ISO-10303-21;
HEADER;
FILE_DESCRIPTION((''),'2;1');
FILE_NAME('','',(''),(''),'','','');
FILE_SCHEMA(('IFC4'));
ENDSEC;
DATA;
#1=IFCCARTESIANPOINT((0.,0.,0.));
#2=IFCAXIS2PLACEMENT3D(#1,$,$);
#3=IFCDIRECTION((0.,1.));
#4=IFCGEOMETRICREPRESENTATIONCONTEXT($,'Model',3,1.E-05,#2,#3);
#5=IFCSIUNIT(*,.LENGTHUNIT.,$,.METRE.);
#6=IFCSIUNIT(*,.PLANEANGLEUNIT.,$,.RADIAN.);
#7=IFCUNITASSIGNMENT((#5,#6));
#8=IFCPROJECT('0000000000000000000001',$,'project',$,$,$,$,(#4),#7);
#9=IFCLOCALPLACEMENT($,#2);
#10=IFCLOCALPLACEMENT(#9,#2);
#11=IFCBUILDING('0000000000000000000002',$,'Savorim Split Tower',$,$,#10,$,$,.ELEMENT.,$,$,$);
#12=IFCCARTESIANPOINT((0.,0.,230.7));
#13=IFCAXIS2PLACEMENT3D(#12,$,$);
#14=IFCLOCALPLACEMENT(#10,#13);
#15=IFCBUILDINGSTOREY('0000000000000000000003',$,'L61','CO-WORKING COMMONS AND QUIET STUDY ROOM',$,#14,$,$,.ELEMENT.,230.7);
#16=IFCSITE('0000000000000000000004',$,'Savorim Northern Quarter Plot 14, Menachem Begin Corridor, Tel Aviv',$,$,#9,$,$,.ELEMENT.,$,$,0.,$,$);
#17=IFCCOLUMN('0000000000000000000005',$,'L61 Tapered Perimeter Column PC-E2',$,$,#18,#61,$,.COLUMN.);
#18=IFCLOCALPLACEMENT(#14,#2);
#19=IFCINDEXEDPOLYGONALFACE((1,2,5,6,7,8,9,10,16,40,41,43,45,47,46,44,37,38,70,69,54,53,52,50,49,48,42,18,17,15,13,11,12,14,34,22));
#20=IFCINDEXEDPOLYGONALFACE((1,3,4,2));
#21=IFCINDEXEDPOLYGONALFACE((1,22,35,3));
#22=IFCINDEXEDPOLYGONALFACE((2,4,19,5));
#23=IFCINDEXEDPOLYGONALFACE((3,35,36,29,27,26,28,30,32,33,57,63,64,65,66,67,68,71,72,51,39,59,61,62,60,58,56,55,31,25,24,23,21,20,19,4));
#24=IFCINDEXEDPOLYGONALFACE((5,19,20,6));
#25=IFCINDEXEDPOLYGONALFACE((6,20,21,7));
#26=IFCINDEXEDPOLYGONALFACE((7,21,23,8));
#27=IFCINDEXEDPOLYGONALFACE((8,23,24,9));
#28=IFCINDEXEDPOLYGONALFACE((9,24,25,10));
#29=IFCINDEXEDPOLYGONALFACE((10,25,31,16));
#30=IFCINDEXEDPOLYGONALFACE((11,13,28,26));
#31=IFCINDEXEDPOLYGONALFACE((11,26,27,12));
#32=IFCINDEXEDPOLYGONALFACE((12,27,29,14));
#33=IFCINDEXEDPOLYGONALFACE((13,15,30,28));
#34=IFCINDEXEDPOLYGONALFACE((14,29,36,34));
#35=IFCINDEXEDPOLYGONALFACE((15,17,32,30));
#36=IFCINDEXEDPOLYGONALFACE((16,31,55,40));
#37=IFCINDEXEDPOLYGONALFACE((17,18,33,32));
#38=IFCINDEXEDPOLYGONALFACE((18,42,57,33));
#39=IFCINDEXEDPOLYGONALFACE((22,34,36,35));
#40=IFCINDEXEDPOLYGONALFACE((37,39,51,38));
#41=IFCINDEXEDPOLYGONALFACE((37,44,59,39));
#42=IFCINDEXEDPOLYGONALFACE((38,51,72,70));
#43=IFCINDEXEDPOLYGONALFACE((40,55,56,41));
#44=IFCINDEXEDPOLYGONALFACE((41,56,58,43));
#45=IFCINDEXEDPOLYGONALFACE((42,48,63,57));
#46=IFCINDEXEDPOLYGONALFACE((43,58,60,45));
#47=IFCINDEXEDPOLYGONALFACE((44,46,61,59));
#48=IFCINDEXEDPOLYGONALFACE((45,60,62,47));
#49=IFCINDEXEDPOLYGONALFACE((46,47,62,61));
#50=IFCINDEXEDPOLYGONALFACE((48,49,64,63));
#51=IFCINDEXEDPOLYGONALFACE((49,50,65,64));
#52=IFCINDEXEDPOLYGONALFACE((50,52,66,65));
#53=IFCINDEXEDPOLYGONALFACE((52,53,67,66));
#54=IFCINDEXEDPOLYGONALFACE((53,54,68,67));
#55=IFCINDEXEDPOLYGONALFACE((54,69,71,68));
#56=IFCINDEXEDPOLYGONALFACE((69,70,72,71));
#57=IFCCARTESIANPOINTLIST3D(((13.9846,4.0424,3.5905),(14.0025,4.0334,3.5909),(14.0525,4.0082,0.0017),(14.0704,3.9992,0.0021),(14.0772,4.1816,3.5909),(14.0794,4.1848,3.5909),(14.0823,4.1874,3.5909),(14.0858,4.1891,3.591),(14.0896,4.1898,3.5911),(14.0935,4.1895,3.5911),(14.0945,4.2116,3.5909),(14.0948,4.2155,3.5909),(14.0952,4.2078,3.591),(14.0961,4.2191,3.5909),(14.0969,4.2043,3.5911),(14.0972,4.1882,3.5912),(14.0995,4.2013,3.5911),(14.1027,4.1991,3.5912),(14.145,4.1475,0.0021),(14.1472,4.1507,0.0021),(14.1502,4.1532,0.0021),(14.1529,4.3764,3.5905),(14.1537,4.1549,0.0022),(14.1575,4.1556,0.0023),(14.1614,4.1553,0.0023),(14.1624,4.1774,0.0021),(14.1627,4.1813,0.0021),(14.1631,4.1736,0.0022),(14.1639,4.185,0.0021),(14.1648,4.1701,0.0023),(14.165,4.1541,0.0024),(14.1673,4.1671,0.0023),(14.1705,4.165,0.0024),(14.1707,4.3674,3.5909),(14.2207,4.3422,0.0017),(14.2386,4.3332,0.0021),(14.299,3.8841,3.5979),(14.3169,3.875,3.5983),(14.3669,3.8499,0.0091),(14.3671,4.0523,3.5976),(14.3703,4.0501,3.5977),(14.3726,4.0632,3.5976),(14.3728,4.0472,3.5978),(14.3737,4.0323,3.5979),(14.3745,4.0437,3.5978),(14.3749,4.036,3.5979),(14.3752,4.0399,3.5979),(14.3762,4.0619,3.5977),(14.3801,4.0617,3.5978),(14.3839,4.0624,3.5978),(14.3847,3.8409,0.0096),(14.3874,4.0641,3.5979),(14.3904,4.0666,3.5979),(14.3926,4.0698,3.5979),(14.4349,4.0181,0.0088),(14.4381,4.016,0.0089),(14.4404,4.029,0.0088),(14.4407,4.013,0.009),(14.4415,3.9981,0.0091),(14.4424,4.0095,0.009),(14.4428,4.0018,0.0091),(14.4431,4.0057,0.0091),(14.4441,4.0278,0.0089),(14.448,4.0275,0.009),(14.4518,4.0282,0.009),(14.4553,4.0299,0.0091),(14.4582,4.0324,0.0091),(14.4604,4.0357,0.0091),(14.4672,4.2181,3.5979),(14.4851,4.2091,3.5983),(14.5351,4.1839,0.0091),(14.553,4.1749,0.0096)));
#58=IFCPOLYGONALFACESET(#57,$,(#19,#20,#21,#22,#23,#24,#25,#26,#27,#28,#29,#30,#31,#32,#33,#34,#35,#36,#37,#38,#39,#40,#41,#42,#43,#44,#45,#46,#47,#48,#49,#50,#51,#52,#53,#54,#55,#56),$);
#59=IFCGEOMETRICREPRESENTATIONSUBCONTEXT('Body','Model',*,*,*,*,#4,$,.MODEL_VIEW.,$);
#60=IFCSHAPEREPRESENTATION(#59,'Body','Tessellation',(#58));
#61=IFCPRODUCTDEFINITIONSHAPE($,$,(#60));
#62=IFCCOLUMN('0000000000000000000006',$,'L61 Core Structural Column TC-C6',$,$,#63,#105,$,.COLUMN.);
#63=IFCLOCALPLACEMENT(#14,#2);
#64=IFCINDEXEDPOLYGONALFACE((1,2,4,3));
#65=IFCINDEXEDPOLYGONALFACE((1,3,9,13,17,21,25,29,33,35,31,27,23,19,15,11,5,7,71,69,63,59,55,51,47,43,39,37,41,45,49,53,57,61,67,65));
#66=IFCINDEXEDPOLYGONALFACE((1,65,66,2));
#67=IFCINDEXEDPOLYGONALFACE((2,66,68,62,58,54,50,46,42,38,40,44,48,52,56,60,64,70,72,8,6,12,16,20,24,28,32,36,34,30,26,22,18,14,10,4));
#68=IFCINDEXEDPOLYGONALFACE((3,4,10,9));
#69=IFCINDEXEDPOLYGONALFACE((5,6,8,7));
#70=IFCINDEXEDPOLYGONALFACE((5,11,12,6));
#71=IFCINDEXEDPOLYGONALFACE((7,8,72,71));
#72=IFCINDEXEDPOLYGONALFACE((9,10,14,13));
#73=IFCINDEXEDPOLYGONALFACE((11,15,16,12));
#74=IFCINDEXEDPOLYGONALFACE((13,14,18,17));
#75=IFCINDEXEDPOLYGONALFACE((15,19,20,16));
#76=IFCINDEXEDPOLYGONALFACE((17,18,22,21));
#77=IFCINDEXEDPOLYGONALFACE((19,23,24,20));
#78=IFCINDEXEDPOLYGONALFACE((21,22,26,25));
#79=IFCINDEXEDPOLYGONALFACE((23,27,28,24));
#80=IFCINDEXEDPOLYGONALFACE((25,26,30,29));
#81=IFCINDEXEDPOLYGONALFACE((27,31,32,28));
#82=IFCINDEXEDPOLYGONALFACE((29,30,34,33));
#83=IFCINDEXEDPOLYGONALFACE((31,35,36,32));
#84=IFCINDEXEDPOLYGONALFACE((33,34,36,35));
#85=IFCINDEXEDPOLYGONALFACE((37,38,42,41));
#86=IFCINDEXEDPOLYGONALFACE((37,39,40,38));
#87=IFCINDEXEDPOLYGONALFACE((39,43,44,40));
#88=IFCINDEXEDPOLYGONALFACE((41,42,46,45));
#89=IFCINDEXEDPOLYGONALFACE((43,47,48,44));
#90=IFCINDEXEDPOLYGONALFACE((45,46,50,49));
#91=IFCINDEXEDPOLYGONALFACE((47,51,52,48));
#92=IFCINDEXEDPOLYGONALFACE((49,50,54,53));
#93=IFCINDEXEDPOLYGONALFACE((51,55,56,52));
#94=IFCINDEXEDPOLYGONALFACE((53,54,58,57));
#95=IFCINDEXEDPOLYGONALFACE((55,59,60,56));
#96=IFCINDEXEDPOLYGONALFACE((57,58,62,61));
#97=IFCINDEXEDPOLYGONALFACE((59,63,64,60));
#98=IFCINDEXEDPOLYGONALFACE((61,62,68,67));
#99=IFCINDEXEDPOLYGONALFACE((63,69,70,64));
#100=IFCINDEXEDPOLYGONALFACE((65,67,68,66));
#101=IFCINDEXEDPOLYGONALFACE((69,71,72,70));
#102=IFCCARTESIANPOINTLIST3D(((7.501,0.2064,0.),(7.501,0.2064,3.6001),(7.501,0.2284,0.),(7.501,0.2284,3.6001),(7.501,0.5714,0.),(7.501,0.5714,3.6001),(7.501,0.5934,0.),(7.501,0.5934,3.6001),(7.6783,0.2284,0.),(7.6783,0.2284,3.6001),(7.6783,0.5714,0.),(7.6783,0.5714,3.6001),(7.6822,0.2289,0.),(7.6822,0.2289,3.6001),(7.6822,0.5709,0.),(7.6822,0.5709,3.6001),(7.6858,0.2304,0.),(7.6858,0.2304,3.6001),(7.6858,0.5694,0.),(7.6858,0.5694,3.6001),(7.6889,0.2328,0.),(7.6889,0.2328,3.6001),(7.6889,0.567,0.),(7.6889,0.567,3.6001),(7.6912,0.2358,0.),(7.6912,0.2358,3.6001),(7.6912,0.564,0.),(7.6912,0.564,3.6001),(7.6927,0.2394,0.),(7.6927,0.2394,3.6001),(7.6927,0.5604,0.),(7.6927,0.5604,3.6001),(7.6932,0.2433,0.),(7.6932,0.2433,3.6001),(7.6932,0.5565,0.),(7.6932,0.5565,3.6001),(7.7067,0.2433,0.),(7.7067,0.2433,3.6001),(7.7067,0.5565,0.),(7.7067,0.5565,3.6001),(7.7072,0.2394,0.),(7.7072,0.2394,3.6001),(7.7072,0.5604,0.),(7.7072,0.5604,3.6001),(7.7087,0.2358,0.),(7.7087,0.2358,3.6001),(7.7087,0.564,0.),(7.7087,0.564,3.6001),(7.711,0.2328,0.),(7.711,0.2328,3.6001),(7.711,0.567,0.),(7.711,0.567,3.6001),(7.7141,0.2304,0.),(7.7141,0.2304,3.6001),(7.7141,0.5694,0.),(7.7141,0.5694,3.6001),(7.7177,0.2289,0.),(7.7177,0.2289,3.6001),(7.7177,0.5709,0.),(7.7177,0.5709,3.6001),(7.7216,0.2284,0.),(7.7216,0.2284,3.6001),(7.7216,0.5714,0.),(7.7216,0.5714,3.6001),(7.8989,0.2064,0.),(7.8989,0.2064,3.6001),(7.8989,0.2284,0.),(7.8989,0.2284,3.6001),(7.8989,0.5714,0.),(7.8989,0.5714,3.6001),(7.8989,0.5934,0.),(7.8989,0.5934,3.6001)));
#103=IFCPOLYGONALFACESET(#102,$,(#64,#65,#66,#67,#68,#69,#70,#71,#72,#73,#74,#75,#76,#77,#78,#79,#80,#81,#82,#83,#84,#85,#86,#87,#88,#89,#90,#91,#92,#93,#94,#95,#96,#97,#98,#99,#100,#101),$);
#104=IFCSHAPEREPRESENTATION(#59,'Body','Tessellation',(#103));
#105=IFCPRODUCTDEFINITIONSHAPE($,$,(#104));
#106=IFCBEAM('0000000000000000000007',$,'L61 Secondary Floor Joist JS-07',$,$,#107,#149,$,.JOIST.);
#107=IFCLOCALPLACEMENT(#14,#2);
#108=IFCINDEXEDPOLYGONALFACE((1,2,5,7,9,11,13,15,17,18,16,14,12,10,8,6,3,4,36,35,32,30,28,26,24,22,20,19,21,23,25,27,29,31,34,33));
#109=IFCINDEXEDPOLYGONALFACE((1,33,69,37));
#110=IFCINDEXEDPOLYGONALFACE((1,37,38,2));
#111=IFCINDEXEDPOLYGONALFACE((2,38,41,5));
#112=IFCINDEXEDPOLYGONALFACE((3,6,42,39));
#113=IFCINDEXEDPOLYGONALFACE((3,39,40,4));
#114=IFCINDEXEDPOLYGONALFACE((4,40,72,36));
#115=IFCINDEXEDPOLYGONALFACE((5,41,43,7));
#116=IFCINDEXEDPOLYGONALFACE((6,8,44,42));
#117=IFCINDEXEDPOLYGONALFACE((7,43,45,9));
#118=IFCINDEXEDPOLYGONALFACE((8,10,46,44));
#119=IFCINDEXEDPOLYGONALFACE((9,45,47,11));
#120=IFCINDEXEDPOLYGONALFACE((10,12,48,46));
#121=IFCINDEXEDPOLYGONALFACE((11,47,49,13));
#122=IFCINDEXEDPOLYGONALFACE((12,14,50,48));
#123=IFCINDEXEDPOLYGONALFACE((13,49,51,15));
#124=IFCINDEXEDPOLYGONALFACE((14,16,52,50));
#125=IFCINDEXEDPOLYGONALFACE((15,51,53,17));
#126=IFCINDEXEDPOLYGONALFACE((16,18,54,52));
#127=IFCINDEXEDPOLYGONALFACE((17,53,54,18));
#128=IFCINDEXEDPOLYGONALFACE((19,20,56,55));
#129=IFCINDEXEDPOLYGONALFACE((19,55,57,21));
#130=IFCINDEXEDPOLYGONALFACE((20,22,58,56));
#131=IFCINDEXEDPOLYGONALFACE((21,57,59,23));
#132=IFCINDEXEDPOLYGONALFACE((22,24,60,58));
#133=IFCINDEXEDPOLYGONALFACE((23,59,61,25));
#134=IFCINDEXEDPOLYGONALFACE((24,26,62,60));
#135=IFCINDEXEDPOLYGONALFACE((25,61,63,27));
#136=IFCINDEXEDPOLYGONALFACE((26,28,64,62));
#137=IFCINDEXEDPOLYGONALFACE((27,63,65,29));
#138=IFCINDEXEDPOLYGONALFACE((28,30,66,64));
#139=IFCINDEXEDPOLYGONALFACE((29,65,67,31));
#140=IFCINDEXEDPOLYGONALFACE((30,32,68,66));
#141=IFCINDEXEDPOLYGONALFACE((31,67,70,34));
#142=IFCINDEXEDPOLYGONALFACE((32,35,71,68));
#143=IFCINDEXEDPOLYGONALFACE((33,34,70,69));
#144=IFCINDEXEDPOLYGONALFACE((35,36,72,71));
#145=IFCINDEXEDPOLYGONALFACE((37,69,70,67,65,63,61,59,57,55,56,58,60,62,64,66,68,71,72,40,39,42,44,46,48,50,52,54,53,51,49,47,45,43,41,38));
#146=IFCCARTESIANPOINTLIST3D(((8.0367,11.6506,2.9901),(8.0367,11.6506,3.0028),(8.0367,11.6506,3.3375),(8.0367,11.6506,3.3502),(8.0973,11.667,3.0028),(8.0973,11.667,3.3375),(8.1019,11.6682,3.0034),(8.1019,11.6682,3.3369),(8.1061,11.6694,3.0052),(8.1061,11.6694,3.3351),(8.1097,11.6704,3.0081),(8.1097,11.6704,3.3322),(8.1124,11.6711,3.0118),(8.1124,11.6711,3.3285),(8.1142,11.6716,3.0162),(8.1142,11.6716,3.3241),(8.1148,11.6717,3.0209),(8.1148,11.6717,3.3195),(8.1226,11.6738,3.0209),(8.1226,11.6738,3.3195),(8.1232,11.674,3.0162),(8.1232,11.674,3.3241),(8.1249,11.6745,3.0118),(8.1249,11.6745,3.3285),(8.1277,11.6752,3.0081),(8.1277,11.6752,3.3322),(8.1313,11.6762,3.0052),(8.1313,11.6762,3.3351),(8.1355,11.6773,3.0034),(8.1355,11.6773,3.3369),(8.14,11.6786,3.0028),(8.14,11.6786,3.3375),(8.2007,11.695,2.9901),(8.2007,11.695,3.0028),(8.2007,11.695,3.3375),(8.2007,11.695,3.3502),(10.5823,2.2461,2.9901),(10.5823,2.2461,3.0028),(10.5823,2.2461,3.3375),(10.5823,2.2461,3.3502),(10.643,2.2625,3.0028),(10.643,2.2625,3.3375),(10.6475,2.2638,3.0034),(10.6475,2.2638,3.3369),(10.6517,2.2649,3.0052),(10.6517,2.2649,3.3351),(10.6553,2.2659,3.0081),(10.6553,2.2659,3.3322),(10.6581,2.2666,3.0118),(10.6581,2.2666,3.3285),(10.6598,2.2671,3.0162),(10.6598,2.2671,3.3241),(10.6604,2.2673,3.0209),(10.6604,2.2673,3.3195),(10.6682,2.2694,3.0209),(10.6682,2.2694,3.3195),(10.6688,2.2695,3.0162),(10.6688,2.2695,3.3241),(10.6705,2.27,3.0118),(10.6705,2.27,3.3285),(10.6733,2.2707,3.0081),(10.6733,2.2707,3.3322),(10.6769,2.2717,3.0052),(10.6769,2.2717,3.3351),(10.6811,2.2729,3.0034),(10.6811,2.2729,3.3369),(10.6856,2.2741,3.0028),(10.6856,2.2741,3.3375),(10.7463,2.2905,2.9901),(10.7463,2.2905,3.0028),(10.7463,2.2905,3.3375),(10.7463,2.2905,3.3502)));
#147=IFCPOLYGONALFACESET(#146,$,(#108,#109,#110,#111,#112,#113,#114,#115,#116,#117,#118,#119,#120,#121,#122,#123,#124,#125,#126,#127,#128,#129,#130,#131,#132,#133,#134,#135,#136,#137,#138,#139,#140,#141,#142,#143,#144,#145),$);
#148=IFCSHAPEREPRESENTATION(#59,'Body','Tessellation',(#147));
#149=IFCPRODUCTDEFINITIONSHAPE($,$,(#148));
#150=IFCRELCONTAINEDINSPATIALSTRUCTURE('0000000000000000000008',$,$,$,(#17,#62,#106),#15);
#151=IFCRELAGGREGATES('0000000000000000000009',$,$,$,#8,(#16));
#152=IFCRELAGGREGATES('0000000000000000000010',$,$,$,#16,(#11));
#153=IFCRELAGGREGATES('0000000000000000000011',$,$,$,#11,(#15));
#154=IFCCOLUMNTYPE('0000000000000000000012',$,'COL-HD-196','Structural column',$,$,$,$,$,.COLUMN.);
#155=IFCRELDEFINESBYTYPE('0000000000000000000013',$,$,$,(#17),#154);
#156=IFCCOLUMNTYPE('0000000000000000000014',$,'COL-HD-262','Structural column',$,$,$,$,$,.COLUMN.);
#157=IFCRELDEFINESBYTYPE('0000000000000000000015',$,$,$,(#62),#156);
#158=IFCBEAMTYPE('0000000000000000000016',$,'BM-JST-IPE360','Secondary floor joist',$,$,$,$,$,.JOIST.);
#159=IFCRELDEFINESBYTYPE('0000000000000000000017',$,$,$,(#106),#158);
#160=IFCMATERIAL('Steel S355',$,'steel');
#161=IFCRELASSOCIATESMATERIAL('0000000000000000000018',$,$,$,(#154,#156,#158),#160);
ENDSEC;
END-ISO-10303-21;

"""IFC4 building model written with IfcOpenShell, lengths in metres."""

from ifc_helpers import new_model, si_unit, direction, frame, origin, origin_2d, place, context, subcontext, project, spatial, i_section, extrude, material, material_profile, profile_set, type_object, element, save


model = new_model("IFC4")

# Units and contexts
model_context = context("Model", 3, precision=1e-05, world=origin(), true_north=direction((0.0, 1.0)))
body_context = subcontext(model_context, "Body", "Model", "MODEL_VIEW")
ifc_project = project(units=[si_unit("LENGTHUNIT", "METRE"), si_unit("PLANEANGLEUNIT", "RADIAN")], contexts=[model_context])

# Site, building, storey
site_placement = place(None, origin())
site = spatial("IfcSite", under=ifc_project, at=site_placement, Name="Savorim Northern Quarter Plot 14, Menachem Begin Corridor, Tel Aviv", CompositionType="ELEMENT", RefElevation=0.0)
building_placement = place(site_placement, origin())
building = spatial("IfcBuilding", under=site, at=building_placement, Name="Savorim Split Tower", CompositionType="ELEMENT")
storey_placement = place(building_placement, frame((0.0, 0.0, 230.7)))
storey = spatial("IfcBuildingStorey", under=building, at=storey_placement, Name="L61", Description="CO-WORKING COMMONS AND QUIET STUDY ROOM", CompositionType="ELEMENT", Elevation=230.7)

# Columns
ifc_material_1 = material(Name="Steel S355", Category="steel")
ifc_material_profile_1 = material_profile(ifc_material_1, i_section(OverallWidth=0.374, OverallDepth=0.3721, WebThickness=0.0122, FlangeThickness=0.02, FilletRadius=0.0149, at=origin_2d()), Name="HD 360x196")
ifc_profile_set_1 = profile_set([ifc_material_profile_1], Name="Steel S355")
column_type_1 = type_object("IfcColumnType", Name="COL-HD-196", Description="Structural column", PredefinedType="COLUMN", material=ifc_profile_set_1)
column_1_placement = place(storey_placement, frame((14.3027, 4.0916, 0.0056), z_axis=(-0.018907, 0.009522, 0.999776), x_axis=(-0.449782, -0.893138, 0.0)))
element("IfcColumn", 1, at=column_1_placement, inside=storey, type_object=column_type_1, Name="L61 Tapered Perimeter Column PC-E2", PredefinedType="COLUMN", context=body_context, shape_type="SweptSolid", body=[
    extrude(i_section(OverallWidth=0.374, OverallDepth=0.3721, WebThickness=0.0122, FlangeThickness=0.02, FilletRadius=0.0149, at=origin_2d()), origin(), (0.0, 0.0, 1.0), 3.5896),
])
ifc_material_profile_2 = material_profile(ifc_material_1, i_section(OverallWidth=0.3979, OverallDepth=0.387, WebThickness=0.0134, FlangeThickness=0.022, FilletRadius=0.0149, at=origin_2d()), Name="HD 400x262")
ifc_profile_set_2 = profile_set([ifc_material_profile_2], Name="Steel S355")
column_type_2 = type_object("IfcColumnType", Name="COL-HD-262", Description="Structural column", PredefinedType="COLUMN", material=ifc_profile_set_2)
column_2_placement = place(storey_placement, frame((7.7, 0.3999, 0.0), z_axis=(0.0, 0.0, 1.0), x_axis=(1.0, 0.0, 0.0)))
element("IfcColumn", 2, at=column_2_placement, inside=storey, type_object=column_type_2, Name="L61 Core Structural Column TC-C6", PredefinedType="COLUMN", context=body_context, shape_type="SweptSolid", body=[
    extrude(i_section(OverallWidth=0.3979, OverallDepth=0.387, WebThickness=0.0134, FlangeThickness=0.022, FilletRadius=0.0149, at=origin_2d()), origin(), (0.0, 0.0, 1.0), 3.6001),
])

# Beam
ifc_material_profile_3 = material_profile(ifc_material_1, i_section(OverallWidth=0.1699, OverallDepth=0.3601, WebThickness=0.0081, FlangeThickness=0.0127, FilletRadius=0.0181, at=origin_2d()), Name="IPE 360")
ifc_profile_set_3 = profile_set([ifc_material_profile_3], Name="Steel S355")
beam_type_1 = type_object("IfcBeamType", Name="BM-JST-IPE360", Description="Secondary floor joist", PredefinedType="JOIST", material=ifc_profile_set_3)
beam_1_placement = place(storey_placement, frame((10.6643, 2.2683, 3.1702), z_axis=(-0.261281, 0.965263, 0.0), x_axis=(-0.965263, -0.261281, 0.0)))
element("IfcBeam", 3, at=beam_1_placement, inside=storey, type_object=beam_type_1, Name="L61 Secondary Floor Joist JS-07", PredefinedType="JOIST", context=body_context, shape_type="SweptSolid", body=[
    extrude(i_section(OverallWidth=0.1699, OverallDepth=0.3601, WebThickness=0.0081, FlangeThickness=0.0127, FilletRadius=0.0181, at=origin_2d()), origin(), (0.0, 0.0, 1.0), 9.7429),
])

save(model, "model.ifc")
